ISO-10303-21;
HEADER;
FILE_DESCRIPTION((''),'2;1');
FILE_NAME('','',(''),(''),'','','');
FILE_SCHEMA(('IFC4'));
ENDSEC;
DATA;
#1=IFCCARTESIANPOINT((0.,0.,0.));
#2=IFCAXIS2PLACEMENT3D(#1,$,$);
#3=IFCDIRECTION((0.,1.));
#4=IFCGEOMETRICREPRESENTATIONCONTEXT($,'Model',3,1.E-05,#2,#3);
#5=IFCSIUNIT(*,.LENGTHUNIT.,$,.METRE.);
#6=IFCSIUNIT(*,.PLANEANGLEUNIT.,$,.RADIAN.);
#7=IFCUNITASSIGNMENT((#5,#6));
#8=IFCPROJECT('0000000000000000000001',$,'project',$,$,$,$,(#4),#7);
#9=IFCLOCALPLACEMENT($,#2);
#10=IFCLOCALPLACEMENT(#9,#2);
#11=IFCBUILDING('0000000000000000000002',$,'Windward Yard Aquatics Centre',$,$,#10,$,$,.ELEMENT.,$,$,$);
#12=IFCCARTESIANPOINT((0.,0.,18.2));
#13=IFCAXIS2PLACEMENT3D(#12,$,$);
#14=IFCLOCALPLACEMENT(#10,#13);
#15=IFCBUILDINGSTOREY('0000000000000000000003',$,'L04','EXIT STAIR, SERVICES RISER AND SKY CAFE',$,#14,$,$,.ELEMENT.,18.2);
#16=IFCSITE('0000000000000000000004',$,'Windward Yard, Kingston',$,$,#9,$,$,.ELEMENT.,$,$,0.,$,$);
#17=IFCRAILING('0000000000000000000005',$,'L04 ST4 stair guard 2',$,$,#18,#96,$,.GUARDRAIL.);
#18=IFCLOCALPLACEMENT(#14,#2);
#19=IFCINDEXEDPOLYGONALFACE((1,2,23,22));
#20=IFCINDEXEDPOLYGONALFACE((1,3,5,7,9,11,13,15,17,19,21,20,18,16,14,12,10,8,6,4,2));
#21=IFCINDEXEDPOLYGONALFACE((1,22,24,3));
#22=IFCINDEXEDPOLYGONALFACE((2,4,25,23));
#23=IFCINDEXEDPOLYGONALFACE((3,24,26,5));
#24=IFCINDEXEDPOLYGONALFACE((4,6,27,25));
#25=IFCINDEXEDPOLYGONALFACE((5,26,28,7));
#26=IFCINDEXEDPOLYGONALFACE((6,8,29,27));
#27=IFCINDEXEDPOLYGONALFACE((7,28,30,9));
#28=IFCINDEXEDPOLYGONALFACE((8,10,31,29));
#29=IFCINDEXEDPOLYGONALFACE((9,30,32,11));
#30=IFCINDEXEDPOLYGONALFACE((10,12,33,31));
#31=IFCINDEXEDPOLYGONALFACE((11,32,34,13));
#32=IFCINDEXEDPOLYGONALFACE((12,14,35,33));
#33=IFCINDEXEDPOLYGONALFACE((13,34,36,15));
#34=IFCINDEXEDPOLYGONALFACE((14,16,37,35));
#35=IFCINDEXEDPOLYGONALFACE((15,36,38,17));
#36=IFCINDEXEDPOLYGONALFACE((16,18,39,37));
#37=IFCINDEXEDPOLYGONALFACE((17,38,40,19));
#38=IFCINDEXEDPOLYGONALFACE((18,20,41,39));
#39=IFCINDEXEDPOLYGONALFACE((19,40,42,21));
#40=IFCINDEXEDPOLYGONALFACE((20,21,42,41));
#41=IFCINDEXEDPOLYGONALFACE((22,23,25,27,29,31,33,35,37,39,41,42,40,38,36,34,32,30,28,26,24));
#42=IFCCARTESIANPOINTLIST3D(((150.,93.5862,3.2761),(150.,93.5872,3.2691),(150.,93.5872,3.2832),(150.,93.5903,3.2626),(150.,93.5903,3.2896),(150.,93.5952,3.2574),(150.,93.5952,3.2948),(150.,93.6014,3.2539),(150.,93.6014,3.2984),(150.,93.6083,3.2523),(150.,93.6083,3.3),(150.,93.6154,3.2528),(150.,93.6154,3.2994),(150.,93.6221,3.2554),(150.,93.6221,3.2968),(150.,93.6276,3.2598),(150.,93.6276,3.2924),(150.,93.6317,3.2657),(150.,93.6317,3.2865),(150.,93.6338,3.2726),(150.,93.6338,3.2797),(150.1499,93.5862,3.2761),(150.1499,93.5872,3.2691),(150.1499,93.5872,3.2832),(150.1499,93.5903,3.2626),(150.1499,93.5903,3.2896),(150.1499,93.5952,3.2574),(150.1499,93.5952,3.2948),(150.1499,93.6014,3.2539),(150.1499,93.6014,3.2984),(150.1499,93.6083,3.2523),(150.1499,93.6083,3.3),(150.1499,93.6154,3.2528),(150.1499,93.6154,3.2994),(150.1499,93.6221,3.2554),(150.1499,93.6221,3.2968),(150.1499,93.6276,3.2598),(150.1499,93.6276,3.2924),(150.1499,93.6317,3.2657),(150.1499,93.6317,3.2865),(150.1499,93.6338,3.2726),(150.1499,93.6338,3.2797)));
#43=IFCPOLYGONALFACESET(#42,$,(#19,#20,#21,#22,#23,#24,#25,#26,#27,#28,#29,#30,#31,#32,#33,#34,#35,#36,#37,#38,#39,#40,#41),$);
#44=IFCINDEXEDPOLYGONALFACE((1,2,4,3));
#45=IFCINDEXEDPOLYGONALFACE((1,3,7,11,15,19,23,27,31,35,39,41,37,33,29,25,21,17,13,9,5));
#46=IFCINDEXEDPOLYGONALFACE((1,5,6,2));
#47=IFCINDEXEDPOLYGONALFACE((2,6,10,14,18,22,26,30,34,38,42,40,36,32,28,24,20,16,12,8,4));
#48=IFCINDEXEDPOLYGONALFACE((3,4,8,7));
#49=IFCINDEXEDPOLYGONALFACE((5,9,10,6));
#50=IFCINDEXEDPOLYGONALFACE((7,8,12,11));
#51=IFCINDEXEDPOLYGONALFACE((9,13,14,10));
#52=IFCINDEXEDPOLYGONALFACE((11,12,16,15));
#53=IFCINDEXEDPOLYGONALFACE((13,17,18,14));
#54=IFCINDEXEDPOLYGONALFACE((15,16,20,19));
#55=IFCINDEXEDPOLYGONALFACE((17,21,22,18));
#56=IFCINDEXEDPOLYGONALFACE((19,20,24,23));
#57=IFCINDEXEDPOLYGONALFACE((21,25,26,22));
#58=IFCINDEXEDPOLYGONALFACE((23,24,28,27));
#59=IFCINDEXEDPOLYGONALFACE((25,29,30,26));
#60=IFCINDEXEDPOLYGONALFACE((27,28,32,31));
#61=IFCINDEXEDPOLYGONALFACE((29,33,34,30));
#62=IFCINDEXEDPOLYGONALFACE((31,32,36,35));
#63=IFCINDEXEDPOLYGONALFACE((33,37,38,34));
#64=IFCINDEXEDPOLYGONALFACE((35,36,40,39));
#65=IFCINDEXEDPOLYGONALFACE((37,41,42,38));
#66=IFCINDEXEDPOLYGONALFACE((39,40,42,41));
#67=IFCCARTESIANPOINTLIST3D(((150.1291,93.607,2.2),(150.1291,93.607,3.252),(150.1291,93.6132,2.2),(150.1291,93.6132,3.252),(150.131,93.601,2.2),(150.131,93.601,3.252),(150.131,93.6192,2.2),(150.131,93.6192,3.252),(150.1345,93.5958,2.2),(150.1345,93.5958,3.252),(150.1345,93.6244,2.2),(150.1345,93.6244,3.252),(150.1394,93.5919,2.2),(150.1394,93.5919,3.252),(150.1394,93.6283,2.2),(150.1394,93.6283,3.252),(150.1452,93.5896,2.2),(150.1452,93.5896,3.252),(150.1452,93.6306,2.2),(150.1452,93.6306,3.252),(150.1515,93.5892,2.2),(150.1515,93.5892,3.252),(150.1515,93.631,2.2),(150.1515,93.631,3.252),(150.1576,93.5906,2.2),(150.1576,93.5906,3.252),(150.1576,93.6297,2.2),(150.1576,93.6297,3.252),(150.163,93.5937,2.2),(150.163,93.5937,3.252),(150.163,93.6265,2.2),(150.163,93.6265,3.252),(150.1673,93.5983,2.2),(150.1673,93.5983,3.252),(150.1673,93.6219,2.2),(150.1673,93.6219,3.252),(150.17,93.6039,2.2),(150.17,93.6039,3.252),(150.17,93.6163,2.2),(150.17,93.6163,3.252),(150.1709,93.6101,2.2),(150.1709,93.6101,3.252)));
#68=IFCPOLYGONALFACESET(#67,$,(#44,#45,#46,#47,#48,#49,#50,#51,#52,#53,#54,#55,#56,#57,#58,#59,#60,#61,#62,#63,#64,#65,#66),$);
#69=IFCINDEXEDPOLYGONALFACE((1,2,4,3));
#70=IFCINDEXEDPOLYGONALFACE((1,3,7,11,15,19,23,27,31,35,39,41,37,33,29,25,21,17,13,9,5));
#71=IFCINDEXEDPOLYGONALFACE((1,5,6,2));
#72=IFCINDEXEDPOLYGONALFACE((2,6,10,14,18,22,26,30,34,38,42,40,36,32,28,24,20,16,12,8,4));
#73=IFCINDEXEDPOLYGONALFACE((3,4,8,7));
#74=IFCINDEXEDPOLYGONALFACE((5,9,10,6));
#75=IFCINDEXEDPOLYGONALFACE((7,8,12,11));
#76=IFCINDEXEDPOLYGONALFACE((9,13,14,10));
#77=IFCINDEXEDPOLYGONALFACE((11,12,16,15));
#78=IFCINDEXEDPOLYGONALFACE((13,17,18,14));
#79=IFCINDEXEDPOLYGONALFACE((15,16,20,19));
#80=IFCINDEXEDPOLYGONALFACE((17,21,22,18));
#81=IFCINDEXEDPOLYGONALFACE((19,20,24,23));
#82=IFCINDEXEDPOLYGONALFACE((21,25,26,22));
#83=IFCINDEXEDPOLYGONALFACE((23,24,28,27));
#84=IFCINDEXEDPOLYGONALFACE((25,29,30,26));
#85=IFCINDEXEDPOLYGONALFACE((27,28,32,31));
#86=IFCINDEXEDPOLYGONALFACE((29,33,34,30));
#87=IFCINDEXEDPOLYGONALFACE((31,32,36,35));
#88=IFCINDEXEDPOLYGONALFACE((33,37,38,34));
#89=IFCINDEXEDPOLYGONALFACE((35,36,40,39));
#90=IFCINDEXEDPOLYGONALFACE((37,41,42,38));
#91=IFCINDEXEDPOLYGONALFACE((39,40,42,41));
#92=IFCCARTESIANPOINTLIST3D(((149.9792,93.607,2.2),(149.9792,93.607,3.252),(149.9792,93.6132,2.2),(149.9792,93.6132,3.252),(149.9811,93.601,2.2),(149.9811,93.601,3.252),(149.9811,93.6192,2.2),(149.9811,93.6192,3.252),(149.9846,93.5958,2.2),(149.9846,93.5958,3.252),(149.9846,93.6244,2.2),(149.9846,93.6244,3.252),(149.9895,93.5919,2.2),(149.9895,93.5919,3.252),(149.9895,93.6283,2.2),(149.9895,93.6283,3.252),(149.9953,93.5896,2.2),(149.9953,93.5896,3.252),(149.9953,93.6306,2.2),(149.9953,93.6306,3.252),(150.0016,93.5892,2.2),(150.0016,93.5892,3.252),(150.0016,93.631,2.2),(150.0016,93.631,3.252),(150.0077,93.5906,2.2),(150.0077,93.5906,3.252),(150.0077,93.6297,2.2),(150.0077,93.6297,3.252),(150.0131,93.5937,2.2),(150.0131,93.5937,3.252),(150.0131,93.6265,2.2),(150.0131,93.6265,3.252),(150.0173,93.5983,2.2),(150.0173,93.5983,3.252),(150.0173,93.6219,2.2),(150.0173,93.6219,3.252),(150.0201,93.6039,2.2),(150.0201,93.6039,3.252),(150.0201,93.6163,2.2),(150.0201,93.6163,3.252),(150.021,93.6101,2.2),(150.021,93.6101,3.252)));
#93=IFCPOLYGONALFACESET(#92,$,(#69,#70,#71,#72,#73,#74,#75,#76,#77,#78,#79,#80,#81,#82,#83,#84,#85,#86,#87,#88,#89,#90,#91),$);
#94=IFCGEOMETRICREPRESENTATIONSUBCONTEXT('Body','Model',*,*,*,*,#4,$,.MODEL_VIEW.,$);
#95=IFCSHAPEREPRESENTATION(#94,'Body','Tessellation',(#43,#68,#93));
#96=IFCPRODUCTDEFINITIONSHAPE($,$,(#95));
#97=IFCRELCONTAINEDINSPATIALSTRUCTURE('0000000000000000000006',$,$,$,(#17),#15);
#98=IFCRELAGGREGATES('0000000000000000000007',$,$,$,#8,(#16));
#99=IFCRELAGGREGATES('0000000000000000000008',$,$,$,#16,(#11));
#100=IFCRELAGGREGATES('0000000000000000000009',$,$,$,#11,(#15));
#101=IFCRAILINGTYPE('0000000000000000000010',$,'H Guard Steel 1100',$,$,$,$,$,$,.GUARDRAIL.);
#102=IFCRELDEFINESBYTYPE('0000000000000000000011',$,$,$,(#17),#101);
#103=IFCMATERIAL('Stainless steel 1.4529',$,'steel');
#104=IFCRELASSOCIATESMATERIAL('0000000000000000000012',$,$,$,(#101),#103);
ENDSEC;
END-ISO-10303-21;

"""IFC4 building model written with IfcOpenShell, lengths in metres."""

from ifc_helpers import new_model, si_unit, direction, frame, origin, origin_2d, place, context, subcontext, project, spatial, circle, extrude, material, type_object, element, save


model = new_model("IFC4")

# Units and contexts
model_context = context("Model", 3, precision=1e-05, world=origin(), true_north=direction((0.0, 1.0)))
body_context = subcontext(model_context, "Body", "Model", "MODEL_VIEW")
ifc_project = project(units=[si_unit("LENGTHUNIT", "METRE"), si_unit("PLANEANGLEUNIT", "RADIAN")], contexts=[model_context])

# Site, building, storey
site_placement = place(None, origin())
site = spatial("IfcSite", under=ifc_project, at=site_placement, Name="Windward Yard, Kingston", CompositionType="ELEMENT", RefElevation=0.0)
building_placement = place(site_placement, origin())
building = spatial("IfcBuilding", under=site, at=building_placement, Name="Windward Yard Aquatics Centre", CompositionType="ELEMENT")
storey_placement = place(building_placement, frame((0.0, 0.0, 18.2)))
storey = spatial("IfcBuildingStorey", under=building, at=storey_placement, Name="L04", Description="EXIT STAIR, SERVICES RISER AND SKY CAFE", CompositionType="ELEMENT", Elevation=18.2)

# Railing
ifc_material_1 = material(Name="Stainless steel 1.4529", Category="steel")
railing_type_1 = type_object("IfcRailingType", Name="H Guard Steel 1100", PredefinedType="GUARDRAIL", material=ifc_material_1)
railing_1_placement = place(storey_placement, frame((150.1499, 93.6101, 2.2)))
element("IfcRailing", 1, at=railing_1_placement, inside=storey, type_object=railing_type_1, Name="L04 ST4 stair guard 2", PredefinedType="GUARDRAIL", context=body_context, shape_type="SweptSolid", body=[
    extrude(circle(Radius=0.0239, at=origin_2d()), frame((0.0, 0.0, 1.0762), z_axis=(-1.0, 0.0, 0.0), x_axis=(0.0, -1.0, 0.0)), (0.0, 0.0, 1.0), 0.1499),
    extrude(circle(Radius=0.021, at=origin_2d()), origin(), (0.0, 0.0, 1.0), 1.052),
    extrude(circle(Radius=0.021, at=origin_2d()), frame((-0.1499, 0.0, 0.0)), (0.0, 0.0, 1.0), 1.052),
])

save(model, "model.ifc")
